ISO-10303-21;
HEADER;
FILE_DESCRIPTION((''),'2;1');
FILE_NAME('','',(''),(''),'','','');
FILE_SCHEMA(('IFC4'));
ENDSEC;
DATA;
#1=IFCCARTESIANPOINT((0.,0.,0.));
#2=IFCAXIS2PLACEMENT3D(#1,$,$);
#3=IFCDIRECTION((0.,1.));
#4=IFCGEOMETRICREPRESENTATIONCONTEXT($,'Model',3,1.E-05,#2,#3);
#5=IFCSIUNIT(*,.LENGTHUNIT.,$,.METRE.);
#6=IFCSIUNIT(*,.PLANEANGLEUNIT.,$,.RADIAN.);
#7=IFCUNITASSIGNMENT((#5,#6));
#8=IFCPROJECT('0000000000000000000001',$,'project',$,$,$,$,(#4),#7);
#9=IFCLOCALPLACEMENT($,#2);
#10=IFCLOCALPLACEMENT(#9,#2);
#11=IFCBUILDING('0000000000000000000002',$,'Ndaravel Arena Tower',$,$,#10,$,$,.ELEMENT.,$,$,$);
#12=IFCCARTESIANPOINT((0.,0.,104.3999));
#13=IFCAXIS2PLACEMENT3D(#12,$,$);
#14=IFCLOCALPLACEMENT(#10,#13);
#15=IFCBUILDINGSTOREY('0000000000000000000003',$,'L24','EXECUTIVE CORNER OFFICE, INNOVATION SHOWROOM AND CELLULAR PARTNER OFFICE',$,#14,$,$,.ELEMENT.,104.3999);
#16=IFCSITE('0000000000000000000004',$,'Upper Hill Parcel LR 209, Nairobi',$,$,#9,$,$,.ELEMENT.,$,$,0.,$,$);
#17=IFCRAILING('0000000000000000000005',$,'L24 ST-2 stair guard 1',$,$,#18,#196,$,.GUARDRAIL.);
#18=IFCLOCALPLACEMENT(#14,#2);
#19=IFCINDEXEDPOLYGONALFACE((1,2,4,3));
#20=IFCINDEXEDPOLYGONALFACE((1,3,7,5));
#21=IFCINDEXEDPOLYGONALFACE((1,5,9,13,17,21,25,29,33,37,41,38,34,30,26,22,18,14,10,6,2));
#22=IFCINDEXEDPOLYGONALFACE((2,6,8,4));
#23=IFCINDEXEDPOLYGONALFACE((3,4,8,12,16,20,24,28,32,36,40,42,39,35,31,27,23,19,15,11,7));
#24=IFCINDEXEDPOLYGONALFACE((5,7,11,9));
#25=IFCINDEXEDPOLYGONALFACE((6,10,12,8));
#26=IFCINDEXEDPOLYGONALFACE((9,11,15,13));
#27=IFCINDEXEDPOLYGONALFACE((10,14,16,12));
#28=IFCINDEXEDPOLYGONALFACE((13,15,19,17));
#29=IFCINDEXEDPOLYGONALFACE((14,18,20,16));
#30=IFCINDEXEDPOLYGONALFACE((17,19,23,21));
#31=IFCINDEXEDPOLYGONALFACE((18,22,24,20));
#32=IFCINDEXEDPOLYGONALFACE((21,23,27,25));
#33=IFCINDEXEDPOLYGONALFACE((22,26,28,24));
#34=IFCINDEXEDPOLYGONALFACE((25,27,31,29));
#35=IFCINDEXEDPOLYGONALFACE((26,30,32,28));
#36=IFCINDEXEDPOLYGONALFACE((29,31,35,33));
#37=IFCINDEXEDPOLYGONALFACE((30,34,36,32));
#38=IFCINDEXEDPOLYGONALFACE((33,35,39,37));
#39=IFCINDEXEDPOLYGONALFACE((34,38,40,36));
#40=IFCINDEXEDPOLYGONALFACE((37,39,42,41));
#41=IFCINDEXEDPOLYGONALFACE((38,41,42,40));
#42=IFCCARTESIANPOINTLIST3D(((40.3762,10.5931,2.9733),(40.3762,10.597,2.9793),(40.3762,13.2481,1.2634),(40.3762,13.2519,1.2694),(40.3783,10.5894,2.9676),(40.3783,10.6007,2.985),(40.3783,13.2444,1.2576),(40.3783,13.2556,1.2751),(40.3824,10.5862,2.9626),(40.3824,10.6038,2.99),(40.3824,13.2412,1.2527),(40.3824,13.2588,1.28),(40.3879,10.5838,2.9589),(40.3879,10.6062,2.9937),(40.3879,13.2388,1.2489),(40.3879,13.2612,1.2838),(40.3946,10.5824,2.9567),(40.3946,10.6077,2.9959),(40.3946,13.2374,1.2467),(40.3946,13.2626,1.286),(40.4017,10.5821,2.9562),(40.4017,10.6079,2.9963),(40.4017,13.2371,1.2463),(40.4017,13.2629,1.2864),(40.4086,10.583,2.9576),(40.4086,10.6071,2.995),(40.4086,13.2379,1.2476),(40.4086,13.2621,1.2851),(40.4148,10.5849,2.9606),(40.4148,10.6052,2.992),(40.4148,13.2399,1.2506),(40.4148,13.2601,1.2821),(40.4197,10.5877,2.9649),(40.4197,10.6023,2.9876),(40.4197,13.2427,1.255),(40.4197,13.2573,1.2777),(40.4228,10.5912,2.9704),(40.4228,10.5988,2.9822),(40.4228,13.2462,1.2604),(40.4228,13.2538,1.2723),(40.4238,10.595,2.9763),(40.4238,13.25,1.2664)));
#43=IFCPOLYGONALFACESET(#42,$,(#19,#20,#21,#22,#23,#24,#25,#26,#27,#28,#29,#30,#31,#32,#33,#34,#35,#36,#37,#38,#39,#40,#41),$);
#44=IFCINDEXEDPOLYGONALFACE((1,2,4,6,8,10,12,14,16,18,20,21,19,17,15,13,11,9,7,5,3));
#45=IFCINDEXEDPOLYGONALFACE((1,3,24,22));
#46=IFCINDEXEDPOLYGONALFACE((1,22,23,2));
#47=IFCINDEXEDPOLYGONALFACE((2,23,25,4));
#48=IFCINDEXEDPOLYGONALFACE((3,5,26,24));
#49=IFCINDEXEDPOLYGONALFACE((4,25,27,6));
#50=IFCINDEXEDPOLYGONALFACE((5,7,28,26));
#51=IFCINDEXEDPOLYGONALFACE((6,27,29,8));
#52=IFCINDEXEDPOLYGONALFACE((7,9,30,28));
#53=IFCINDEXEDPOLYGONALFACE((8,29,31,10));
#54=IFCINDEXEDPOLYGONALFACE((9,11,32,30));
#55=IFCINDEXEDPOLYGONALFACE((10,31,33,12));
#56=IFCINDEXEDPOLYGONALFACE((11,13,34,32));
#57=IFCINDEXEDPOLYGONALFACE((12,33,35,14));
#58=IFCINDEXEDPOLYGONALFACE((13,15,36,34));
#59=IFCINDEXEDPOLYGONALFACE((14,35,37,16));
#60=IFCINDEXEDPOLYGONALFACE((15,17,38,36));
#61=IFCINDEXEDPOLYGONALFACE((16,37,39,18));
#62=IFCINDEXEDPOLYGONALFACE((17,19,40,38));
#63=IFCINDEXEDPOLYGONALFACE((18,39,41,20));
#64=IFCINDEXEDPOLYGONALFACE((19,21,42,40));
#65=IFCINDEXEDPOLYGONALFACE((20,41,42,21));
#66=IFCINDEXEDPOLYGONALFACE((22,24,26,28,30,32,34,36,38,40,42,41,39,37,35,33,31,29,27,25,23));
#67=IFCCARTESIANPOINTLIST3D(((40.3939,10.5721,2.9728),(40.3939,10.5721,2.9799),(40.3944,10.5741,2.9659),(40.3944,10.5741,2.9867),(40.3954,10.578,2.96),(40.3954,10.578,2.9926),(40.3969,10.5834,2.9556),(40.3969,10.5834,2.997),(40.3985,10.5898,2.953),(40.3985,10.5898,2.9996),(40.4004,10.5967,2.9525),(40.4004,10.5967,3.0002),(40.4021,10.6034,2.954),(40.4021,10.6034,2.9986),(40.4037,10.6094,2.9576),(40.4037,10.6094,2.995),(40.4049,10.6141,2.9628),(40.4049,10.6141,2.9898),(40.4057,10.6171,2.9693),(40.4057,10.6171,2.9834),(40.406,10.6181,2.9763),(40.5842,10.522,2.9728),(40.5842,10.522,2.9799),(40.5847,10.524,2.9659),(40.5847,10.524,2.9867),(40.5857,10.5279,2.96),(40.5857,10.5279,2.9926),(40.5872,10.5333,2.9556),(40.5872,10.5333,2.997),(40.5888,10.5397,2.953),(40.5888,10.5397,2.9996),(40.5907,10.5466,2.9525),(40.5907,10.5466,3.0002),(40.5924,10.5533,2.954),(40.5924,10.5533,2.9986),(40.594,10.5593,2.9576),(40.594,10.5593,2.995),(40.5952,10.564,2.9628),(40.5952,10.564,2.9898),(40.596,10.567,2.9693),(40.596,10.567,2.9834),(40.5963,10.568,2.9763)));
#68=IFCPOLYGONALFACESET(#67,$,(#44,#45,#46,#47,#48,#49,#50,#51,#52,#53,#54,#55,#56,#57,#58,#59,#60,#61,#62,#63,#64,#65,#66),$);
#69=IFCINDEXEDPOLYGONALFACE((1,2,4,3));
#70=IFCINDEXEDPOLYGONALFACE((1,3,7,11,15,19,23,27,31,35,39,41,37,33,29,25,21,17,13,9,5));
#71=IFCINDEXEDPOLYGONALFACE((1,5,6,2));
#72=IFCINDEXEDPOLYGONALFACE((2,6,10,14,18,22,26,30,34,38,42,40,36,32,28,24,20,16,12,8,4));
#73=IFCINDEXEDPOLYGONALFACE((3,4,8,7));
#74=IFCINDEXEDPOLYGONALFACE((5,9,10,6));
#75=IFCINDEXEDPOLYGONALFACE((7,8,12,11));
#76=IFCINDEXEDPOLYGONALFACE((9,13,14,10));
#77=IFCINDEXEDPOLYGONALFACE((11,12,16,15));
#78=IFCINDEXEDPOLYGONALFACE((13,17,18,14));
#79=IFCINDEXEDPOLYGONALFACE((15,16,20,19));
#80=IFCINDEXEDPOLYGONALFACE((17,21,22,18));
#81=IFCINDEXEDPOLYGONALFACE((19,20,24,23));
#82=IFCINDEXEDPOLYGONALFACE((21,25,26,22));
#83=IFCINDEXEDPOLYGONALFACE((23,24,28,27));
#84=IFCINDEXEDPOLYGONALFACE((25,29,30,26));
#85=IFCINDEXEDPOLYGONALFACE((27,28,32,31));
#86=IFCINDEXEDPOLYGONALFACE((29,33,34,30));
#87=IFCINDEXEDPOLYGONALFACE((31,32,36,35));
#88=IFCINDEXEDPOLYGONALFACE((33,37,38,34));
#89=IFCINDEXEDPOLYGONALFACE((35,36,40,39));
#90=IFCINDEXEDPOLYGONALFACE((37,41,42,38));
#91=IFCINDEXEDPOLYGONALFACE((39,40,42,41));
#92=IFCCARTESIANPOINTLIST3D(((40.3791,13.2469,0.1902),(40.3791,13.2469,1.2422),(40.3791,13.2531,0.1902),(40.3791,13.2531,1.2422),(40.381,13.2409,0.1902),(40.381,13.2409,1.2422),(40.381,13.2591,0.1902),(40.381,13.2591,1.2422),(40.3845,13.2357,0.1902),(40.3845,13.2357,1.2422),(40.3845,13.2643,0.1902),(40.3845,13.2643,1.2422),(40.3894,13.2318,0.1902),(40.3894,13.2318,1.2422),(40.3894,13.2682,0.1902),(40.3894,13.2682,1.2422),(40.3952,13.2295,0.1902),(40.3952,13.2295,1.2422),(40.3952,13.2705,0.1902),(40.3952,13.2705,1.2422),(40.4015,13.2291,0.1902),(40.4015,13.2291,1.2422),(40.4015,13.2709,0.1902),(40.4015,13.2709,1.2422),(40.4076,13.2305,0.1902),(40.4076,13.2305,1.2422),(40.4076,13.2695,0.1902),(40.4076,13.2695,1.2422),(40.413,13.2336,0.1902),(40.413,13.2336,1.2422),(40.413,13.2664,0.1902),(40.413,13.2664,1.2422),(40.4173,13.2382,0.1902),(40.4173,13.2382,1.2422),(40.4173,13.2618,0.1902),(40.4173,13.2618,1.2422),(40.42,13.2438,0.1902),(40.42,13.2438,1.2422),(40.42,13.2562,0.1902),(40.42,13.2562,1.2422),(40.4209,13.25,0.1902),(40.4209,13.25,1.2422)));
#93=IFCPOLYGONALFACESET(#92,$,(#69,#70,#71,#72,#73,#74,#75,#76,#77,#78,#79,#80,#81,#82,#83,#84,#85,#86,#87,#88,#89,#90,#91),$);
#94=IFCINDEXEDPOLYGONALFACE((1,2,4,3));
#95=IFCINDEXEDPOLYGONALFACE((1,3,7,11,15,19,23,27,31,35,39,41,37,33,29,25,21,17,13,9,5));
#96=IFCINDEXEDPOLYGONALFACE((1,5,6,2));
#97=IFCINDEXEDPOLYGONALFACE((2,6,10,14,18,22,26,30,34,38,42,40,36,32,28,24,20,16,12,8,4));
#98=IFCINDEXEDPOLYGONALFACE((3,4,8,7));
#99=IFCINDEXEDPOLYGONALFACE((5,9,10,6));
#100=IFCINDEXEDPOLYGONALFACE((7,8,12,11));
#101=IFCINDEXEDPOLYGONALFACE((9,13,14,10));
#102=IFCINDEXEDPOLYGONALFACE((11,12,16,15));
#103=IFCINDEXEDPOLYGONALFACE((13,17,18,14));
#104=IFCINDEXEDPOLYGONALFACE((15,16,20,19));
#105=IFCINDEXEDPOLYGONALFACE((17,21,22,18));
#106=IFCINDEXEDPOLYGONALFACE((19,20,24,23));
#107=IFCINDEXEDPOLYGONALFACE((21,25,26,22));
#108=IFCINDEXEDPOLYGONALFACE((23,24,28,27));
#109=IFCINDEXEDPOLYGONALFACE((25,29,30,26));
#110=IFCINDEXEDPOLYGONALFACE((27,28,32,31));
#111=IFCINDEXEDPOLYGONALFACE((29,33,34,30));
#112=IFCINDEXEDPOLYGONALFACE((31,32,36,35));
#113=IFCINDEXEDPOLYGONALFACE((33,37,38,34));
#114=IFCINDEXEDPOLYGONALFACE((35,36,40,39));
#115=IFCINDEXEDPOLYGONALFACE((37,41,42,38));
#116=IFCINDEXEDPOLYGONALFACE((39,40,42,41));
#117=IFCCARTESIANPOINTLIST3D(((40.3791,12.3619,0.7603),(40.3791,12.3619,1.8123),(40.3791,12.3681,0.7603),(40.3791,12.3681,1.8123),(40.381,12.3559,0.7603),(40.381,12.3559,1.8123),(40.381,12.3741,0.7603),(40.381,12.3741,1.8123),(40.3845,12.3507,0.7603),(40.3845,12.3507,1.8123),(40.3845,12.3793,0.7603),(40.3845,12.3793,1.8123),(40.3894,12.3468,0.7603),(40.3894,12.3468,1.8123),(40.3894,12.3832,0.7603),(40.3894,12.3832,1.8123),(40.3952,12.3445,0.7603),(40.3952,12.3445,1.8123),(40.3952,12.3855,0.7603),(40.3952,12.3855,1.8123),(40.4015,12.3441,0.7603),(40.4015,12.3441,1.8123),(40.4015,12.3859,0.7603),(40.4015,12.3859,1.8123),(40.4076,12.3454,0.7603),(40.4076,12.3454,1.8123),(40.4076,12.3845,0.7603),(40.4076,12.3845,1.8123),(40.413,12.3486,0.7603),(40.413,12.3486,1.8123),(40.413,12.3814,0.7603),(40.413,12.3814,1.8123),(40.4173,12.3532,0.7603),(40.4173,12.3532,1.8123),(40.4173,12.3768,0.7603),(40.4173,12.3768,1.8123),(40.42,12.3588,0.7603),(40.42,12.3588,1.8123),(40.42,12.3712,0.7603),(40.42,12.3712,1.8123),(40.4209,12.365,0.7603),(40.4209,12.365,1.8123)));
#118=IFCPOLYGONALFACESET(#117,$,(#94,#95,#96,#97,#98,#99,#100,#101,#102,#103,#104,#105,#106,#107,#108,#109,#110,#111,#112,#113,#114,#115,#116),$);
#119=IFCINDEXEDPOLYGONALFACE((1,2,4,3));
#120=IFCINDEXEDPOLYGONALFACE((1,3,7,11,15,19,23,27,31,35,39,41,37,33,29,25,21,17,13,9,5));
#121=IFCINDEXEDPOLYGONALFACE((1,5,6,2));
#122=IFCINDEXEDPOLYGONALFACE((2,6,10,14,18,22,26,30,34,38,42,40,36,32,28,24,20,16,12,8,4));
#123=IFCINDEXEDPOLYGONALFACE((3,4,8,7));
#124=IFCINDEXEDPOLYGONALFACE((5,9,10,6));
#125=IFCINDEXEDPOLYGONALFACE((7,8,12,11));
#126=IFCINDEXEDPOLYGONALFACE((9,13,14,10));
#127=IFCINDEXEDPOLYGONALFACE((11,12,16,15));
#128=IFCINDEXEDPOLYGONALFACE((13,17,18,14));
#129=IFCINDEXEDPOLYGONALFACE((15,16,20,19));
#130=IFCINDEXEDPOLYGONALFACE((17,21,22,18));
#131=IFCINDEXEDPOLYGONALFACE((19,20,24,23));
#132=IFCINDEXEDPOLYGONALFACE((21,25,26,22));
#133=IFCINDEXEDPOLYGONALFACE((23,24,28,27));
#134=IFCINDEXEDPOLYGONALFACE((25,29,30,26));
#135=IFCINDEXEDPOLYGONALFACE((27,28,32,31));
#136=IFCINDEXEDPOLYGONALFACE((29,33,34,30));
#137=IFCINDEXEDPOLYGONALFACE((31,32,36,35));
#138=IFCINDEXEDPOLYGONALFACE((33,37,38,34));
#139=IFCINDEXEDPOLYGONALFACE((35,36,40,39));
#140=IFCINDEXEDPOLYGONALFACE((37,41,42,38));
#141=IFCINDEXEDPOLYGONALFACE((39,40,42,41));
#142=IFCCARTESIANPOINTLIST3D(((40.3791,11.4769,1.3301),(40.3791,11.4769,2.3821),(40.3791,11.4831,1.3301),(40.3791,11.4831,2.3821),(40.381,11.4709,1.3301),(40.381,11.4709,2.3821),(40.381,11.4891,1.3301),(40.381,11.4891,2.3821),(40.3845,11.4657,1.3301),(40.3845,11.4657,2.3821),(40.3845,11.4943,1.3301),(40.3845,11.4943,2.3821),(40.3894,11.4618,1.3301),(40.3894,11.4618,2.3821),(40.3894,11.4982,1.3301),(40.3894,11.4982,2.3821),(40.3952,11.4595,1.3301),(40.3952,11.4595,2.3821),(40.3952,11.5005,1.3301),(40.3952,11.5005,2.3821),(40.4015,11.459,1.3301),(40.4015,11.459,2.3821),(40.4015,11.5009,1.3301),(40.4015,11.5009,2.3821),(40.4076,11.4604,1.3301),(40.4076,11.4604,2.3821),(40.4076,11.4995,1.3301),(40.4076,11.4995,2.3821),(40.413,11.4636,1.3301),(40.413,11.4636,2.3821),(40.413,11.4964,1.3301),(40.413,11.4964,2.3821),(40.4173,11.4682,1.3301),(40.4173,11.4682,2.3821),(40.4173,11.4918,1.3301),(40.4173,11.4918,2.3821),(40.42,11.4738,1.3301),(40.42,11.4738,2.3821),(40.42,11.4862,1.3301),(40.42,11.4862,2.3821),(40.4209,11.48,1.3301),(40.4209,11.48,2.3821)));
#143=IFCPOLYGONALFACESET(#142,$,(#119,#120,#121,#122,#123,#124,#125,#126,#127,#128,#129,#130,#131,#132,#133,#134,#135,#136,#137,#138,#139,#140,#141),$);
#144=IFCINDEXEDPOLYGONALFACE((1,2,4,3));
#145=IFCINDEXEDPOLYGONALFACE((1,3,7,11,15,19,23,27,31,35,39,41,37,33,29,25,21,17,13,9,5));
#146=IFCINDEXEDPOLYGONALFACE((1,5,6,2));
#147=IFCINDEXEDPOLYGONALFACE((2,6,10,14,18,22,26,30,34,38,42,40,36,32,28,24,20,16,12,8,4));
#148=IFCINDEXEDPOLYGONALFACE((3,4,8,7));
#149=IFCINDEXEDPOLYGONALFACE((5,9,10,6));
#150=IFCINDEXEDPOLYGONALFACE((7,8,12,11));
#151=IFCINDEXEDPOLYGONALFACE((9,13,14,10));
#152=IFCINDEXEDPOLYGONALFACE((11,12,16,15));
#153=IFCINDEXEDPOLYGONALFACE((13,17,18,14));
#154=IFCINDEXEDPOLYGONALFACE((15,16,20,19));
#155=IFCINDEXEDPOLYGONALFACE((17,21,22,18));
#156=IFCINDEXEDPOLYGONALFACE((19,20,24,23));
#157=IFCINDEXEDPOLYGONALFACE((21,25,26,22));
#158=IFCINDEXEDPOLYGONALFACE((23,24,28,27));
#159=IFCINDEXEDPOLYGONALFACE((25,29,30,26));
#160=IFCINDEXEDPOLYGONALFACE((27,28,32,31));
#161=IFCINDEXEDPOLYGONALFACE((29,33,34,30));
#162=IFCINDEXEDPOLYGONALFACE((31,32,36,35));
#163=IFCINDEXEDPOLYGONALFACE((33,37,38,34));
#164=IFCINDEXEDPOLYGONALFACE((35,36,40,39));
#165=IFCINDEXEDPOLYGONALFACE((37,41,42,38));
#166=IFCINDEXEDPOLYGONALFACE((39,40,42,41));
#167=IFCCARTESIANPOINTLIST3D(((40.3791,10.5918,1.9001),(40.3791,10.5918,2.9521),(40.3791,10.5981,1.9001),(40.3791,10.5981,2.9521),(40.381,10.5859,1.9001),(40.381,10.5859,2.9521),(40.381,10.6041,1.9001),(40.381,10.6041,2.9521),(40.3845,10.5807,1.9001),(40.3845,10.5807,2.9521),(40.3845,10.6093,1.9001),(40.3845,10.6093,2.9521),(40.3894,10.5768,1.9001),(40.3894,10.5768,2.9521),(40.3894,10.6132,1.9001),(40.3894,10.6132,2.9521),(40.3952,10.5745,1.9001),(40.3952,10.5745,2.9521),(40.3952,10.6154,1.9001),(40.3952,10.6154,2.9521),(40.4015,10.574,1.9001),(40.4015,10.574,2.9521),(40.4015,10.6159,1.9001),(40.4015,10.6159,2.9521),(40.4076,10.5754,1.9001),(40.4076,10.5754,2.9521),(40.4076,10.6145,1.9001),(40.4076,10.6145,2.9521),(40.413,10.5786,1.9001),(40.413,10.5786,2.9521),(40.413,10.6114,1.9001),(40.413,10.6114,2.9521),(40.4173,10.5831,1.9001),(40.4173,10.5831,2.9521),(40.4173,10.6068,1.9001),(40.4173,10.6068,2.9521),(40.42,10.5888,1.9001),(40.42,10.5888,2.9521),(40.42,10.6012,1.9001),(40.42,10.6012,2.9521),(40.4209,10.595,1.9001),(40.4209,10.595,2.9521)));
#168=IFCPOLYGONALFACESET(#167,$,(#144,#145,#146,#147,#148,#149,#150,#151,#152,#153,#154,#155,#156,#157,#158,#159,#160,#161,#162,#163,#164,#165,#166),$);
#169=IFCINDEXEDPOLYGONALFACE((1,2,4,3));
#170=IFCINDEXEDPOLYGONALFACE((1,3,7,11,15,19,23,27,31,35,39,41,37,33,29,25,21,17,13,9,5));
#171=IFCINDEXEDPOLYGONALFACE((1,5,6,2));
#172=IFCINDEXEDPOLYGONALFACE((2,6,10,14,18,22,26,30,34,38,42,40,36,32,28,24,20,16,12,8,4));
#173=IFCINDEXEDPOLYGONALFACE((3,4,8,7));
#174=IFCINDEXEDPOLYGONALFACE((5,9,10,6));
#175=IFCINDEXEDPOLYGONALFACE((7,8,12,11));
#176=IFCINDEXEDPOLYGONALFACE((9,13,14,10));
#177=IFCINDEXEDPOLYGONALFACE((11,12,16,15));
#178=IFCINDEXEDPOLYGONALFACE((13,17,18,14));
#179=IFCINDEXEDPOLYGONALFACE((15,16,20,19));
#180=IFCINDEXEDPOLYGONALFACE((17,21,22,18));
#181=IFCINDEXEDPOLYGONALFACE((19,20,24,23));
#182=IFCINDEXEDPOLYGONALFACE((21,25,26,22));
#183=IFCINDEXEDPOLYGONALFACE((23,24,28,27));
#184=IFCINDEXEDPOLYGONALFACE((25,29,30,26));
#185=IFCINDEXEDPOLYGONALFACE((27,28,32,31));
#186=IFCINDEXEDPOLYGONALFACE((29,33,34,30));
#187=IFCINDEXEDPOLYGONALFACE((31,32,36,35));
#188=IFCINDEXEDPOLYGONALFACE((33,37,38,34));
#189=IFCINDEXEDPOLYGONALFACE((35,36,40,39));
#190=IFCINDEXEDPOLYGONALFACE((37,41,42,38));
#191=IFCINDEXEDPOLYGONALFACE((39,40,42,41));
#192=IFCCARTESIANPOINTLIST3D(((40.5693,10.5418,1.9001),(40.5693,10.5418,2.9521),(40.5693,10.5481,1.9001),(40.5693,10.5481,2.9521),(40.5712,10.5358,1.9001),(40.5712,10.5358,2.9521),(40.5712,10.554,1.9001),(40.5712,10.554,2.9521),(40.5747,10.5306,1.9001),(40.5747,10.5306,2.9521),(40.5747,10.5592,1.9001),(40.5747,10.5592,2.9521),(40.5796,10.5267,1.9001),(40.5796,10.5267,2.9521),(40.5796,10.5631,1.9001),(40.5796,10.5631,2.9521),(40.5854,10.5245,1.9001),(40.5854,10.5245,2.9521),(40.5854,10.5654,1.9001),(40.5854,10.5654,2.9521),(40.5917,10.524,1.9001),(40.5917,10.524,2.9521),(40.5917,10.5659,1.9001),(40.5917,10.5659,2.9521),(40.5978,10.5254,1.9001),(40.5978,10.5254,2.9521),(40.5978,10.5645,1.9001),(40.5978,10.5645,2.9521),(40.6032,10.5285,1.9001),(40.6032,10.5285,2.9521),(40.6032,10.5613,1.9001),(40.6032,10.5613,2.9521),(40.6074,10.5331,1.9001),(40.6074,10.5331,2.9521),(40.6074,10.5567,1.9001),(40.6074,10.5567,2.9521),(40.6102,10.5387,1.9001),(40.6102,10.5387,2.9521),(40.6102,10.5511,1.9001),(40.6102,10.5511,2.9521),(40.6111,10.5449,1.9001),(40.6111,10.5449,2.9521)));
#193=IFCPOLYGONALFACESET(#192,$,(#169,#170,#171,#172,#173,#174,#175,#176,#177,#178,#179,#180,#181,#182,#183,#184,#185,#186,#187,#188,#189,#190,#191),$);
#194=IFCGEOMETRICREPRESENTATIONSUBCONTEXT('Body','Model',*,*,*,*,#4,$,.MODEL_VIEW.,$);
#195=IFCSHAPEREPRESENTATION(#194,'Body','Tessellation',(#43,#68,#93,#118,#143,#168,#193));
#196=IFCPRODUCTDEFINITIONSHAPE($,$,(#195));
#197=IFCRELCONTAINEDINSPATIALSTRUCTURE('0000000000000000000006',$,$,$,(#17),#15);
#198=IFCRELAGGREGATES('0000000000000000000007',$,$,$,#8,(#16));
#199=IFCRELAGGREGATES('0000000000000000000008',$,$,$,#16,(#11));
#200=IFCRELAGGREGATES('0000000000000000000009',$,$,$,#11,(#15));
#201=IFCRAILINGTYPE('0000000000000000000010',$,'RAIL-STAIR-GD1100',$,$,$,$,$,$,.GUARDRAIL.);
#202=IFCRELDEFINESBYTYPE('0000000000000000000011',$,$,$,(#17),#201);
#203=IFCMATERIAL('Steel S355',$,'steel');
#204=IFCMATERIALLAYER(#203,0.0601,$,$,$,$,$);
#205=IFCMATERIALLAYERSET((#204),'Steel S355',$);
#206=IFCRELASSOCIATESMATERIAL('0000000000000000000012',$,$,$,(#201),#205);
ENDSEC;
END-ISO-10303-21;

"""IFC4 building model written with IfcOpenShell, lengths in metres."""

from ifc_helpers import new_model, si_unit, direction, frame, origin, origin_2d, place, context, subcontext, project, spatial, circle, extrude, material, layer, layer_set, type_object, element, save


model = new_model("IFC4")

# Units and contexts
model_context = context("Model", 3, precision=1e-05, world=origin(), true_north=direction((0.0, 1.0)))
body_context = subcontext(model_context, "Body", "Model", "MODEL_VIEW")
ifc_project = project(units=[si_unit("LENGTHUNIT", "METRE"), si_unit("PLANEANGLEUNIT", "RADIAN")], contexts=[model_context])

# Site, building, storey
site_placement = place(None, origin())
site = spatial("IfcSite", under=ifc_project, at=site_placement, Name="Upper Hill Parcel LR 209, Nairobi", CompositionType="ELEMENT", RefElevation=0.0)
building_placement = place(site_placement, origin())
building = spatial("IfcBuilding", under=site, at=building_placement, Name="Ndaravel Arena Tower", CompositionType="ELEMENT")
storey_placement = place(building_placement, frame((0.0, 0.0, 104.3999)))
storey = spatial("IfcBuildingStorey", under=building, at=storey_placement, Name="L24", Description="EXECUTIVE CORNER OFFICE, INNOVATION SHOWROOM AND CELLULAR PARTNER OFFICE", CompositionType="ELEMENT", Elevation=104.3999)

# Railing
ifc_material_1 = material(Name="Steel S355", Category="steel")
ifc_layer_1 = layer(ifc_material_1, 0.0601)
ifc_layer_set_1 = layer_set([ifc_layer_1], Name="Steel S355")
railing_type_1 = type_object("IfcRailingType", Name="RAIL-STAIR-GD1100", PredefinedType="GUARDRAIL", material=ifc_layer_set_1)
railing_1_placement = place(storey_placement, frame((40.3999, 13.25, 0.1902)))
element("IfcRailing", 1, at=railing_1_placement, inside=storey, type_object=railing_type_1, Name="L24 ST-2 stair guard 1", PredefinedType="GUARDRAIL", context=body_context, shape_type="SweptSolid", body=[
    extrude(circle(Radius=0.0239, at=origin_2d()), frame((0.0, 0.0, 1.0762), z_axis=(0.0, -0.840724, 0.541465), x_axis=(1.0, 0.0, 0.0)), (0.0, 0.0, 1.0), 3.158),
    extrude(circle(Radius=0.0239, at=origin_2d()), frame((0.0, -2.655, 2.7861), z_axis=(0.967075, -0.254493, 0.0), x_axis=(0.254493, 0.967075, 0.0)), (0.0, 0.0, 1.0), 0.1968),
    extrude(circle(Radius=0.021, at=origin_2d()), origin(), (0.0, 0.0, 1.0), 1.052),
    extrude(circle(Radius=0.021, at=origin_2d()), frame((0.0, -0.885, 0.5701)), (0.0, 0.0, 1.0), 1.052),
    extrude(circle(Radius=0.021, at=origin_2d()), frame((0.0, -1.77, 1.1399)), (0.0, 0.0, 1.0), 1.052),
    extrude(circle(Radius=0.021, at=origin_2d()), frame((0.0, -2.655, 1.71)), (0.0, 0.0, 1.0), 1.052),
    extrude(circle(Radius=0.021, at=origin_2d()), frame((0.1902, -2.7051, 1.71)), (0.0, 0.0, 1.0), 1.052),
])

save(model, "model.ifc")
